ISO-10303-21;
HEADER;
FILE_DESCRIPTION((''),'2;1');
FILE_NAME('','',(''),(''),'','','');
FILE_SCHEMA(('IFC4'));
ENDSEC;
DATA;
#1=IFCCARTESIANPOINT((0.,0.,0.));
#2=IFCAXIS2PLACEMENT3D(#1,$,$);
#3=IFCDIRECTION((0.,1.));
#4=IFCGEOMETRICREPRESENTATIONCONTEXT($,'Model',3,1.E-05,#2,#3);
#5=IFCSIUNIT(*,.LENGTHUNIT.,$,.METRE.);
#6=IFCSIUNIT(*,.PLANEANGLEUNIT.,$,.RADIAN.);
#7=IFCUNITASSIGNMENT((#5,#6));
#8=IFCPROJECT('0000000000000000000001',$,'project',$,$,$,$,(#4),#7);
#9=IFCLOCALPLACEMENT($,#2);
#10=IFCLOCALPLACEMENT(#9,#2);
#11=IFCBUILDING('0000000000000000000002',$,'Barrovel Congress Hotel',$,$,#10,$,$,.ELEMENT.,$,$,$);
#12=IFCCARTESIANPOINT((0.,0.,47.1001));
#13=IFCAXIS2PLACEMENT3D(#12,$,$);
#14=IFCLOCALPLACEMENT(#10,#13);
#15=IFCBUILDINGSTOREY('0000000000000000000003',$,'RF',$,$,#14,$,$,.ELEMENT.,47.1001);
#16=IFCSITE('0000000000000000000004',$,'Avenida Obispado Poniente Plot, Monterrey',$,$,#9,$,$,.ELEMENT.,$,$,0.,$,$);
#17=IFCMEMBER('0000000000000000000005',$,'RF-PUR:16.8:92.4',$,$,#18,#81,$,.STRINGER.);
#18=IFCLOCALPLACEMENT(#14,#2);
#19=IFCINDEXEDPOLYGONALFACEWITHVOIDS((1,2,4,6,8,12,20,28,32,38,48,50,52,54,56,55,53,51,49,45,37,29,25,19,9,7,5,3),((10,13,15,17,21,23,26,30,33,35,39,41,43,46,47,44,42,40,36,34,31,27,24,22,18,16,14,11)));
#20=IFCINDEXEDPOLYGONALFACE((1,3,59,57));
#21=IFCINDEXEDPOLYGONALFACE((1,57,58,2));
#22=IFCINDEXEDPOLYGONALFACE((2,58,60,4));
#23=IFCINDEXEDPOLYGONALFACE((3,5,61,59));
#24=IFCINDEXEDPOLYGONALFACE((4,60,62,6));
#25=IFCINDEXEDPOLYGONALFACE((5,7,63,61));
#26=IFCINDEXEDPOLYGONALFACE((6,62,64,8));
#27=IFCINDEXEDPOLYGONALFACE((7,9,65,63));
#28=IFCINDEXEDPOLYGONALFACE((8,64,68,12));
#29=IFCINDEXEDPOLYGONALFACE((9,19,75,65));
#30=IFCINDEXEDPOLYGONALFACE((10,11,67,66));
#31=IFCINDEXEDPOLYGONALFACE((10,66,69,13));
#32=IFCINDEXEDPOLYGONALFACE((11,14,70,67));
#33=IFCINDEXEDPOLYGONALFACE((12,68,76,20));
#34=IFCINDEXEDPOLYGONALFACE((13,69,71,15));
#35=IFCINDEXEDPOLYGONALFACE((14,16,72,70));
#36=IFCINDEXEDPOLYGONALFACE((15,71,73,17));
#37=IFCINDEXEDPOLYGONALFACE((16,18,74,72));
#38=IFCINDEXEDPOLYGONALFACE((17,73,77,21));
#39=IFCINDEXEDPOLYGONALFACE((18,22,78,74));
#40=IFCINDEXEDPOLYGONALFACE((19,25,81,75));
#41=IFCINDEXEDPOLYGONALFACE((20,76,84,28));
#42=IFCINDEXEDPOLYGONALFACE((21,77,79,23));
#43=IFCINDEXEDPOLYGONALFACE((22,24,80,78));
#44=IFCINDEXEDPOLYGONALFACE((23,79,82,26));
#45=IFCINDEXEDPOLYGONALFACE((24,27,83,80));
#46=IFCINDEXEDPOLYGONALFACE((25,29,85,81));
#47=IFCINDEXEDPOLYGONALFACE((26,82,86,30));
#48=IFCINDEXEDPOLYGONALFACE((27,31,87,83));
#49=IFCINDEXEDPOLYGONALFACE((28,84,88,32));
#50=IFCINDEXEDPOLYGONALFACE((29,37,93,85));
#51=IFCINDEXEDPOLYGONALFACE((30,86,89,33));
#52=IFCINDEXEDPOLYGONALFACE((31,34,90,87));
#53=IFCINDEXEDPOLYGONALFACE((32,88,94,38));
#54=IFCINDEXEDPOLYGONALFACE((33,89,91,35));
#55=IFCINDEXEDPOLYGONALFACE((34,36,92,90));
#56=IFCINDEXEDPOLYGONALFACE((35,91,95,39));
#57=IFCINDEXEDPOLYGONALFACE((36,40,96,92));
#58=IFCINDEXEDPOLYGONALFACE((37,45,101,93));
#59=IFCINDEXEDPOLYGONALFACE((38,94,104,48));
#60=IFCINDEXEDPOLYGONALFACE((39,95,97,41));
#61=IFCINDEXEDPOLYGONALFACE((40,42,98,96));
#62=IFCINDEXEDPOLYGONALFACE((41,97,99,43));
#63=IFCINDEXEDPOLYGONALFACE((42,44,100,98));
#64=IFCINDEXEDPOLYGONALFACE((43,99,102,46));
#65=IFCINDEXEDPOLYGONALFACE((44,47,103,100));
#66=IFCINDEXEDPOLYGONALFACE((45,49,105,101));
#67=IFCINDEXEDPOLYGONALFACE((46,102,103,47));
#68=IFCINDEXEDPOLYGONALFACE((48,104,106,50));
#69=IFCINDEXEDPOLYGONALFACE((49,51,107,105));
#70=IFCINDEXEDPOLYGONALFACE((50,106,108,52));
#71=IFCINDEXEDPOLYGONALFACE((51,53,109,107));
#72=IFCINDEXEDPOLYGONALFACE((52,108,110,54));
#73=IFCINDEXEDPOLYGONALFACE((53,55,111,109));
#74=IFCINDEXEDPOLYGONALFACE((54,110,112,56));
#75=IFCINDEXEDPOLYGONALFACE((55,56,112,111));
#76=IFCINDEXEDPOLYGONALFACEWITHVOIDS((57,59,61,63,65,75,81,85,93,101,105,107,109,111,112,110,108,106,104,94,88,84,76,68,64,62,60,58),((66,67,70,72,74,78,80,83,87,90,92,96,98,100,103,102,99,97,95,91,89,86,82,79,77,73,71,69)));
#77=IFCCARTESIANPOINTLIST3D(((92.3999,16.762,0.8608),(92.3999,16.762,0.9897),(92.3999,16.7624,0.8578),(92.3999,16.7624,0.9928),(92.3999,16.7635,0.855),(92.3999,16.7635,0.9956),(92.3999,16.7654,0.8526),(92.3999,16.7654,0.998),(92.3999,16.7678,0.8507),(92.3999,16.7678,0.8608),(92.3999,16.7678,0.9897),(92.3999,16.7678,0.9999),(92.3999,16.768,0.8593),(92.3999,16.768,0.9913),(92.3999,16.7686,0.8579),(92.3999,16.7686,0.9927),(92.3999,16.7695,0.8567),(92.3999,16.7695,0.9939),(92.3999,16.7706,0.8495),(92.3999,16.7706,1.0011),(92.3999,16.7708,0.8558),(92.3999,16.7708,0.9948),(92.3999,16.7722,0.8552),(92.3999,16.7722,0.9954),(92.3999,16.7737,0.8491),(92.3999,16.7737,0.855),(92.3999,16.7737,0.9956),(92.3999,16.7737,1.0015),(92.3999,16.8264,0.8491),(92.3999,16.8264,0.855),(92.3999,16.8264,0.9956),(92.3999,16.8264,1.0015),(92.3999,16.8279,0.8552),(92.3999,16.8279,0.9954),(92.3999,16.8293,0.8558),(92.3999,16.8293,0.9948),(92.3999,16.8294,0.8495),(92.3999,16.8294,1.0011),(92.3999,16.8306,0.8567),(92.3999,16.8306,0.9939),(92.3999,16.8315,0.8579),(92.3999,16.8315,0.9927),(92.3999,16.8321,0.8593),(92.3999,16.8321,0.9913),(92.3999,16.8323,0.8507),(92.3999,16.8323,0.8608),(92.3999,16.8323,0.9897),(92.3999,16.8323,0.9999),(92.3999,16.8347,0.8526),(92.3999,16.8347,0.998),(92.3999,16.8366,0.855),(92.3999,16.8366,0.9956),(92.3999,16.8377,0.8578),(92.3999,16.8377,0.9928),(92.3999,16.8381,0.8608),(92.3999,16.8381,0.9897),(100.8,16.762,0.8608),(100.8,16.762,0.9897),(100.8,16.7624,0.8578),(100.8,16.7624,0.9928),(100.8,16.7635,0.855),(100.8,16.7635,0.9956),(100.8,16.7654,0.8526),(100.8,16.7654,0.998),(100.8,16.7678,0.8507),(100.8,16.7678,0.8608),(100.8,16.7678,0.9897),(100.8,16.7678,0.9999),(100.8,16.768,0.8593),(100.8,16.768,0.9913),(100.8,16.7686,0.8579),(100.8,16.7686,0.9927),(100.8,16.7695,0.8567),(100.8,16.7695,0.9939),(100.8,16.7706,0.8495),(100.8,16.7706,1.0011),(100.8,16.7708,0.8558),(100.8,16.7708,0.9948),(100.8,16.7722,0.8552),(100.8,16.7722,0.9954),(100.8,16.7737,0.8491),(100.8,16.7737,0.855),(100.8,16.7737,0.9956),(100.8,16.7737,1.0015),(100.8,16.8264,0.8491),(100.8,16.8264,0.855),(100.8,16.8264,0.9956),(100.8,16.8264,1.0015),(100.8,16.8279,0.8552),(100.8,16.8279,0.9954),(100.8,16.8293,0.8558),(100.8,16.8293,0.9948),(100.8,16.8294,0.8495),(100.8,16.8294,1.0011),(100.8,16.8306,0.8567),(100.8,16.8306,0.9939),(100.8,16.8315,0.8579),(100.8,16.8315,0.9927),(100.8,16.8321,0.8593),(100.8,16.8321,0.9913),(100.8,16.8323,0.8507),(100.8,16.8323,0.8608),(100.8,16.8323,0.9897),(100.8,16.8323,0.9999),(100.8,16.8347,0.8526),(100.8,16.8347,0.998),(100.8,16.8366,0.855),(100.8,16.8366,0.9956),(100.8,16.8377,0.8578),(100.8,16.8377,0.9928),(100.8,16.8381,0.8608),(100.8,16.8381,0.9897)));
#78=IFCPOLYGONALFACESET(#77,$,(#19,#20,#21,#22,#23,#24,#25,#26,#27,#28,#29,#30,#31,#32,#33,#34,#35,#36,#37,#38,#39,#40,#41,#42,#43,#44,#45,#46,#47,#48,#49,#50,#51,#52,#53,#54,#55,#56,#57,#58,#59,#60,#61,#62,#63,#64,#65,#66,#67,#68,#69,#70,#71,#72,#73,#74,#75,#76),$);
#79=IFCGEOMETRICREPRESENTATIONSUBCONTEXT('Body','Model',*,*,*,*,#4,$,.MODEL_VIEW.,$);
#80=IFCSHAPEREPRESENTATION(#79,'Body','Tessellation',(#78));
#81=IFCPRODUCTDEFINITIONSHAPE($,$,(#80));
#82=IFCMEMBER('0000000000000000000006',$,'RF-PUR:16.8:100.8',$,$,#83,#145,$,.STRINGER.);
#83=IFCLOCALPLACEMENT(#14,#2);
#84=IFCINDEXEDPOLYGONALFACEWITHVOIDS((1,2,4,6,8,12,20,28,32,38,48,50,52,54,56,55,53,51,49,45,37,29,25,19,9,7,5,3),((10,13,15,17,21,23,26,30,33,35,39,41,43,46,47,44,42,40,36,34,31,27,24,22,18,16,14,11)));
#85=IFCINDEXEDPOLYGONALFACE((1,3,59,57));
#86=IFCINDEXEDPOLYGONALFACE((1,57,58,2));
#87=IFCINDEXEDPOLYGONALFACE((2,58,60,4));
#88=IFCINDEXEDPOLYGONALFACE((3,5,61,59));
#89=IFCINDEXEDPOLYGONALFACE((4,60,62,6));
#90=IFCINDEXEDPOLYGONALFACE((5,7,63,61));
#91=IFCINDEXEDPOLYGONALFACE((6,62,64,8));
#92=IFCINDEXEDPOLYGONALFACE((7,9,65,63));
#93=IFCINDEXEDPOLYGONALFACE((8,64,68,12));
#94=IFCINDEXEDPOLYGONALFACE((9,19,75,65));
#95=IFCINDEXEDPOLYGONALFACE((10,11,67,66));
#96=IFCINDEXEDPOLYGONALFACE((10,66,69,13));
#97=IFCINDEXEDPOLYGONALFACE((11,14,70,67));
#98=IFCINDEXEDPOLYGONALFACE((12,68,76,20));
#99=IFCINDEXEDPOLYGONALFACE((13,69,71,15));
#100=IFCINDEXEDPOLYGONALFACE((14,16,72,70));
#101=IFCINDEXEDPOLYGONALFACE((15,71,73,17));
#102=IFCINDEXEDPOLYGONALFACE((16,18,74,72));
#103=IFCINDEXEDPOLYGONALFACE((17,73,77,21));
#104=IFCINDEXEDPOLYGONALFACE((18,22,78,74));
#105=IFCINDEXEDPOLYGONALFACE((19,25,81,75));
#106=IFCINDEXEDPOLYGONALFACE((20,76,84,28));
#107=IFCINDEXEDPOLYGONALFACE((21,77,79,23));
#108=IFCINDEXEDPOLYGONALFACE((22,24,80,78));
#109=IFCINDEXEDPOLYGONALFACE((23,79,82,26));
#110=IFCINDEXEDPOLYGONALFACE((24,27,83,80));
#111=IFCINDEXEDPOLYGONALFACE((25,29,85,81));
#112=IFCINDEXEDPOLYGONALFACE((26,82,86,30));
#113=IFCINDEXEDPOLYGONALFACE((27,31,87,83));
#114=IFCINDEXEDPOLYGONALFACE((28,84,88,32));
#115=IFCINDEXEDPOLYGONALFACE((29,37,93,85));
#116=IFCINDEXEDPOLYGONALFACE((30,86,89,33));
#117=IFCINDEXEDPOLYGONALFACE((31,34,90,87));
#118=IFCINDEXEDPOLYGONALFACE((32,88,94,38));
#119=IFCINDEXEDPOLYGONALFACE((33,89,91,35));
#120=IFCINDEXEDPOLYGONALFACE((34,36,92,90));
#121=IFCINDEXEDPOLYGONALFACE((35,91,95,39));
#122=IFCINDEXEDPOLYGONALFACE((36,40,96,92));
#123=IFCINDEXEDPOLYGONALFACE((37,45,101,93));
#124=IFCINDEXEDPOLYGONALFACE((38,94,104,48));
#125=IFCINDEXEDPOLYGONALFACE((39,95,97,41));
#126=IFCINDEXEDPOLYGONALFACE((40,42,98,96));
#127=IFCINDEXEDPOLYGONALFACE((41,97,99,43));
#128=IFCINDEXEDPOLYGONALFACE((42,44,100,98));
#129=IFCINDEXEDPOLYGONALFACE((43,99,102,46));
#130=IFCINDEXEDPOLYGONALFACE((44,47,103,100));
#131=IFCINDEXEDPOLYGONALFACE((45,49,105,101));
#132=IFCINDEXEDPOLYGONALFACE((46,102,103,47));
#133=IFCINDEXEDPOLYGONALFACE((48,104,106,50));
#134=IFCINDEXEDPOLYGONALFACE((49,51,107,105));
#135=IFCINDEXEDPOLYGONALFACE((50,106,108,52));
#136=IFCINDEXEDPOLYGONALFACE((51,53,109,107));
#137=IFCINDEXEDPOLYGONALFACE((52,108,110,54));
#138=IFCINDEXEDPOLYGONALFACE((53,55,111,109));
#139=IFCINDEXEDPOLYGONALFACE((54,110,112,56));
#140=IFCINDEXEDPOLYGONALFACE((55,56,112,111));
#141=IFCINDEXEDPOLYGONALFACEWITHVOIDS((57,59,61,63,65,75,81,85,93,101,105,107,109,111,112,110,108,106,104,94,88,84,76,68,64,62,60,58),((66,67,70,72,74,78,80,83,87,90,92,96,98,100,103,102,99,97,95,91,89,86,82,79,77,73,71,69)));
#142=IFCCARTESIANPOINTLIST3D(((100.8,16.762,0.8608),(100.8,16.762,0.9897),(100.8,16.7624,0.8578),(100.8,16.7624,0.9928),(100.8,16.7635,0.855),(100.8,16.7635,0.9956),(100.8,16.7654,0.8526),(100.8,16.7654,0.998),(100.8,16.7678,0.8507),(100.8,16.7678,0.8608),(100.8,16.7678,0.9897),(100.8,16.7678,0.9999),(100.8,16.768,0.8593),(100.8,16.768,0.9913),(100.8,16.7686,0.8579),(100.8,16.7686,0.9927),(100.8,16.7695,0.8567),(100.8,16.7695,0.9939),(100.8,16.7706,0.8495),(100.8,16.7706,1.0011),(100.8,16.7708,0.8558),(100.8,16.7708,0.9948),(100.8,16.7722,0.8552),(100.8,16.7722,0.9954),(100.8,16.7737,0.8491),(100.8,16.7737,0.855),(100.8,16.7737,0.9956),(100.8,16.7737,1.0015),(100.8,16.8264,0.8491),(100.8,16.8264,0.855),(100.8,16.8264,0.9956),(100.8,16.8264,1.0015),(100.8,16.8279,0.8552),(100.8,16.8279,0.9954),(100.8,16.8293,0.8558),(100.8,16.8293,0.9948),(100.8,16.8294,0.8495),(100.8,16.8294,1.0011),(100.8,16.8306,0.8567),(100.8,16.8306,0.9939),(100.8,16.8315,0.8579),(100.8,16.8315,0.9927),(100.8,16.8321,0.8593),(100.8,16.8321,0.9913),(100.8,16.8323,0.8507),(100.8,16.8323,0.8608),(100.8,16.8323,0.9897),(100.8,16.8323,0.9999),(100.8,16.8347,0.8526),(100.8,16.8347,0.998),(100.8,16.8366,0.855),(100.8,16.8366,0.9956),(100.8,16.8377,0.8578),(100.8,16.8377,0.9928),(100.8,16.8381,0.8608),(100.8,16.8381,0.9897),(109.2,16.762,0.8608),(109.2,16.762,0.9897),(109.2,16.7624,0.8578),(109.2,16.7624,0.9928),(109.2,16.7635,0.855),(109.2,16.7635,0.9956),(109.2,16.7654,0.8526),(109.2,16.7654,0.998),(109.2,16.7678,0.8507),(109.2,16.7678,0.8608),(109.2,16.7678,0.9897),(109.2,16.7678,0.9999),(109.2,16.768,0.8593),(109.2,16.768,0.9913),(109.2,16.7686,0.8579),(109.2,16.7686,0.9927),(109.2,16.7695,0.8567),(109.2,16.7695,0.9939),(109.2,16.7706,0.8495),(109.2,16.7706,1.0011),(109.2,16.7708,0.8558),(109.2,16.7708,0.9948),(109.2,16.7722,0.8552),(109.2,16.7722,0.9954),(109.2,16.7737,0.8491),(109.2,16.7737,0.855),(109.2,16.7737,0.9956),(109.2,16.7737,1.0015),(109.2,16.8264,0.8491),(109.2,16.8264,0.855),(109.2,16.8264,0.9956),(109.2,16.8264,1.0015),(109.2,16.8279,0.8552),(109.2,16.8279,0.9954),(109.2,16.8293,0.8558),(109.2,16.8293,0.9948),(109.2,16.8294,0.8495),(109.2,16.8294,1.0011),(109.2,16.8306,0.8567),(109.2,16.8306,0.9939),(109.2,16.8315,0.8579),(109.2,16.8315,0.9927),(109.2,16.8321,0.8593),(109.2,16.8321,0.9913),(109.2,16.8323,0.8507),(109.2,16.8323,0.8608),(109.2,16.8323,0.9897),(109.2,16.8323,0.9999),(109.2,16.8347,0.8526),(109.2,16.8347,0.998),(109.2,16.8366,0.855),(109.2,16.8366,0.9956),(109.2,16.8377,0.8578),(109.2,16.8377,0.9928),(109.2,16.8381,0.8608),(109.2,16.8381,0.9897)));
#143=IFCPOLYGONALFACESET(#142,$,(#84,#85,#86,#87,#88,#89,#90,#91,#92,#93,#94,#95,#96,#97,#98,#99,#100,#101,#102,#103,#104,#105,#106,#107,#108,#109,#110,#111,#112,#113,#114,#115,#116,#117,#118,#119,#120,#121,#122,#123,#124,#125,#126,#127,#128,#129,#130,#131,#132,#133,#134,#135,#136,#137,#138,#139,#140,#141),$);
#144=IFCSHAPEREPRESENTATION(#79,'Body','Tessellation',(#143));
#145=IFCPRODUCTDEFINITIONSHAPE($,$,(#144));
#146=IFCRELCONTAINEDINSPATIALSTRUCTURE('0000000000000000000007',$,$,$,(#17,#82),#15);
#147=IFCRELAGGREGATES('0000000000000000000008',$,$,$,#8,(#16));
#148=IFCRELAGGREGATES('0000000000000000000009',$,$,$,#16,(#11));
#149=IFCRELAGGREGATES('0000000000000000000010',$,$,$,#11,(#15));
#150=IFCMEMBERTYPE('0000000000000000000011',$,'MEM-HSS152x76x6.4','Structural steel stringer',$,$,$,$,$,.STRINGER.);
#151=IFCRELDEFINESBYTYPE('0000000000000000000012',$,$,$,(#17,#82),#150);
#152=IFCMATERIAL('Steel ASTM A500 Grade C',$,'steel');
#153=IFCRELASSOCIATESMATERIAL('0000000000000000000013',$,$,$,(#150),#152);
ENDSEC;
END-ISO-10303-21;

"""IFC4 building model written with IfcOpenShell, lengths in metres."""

from ifc_helpers import new_model, si_unit, direction, frame, origin, origin_2d, place, context, subcontext, project, spatial, hollow_rectangle, extrude, material, material_profile, profile_set, type_object, element, save


model = new_model("IFC4")

# Units and contexts
model_context = context("Model", 3, precision=1e-05, world=origin(), true_north=direction((0.0, 1.0)))
body_context = subcontext(model_context, "Body", "Model", "MODEL_VIEW")
ifc_project = project(units=[si_unit("LENGTHUNIT", "METRE"), si_unit("PLANEANGLEUNIT", "RADIAN")], contexts=[model_context])

# Site, building, storey
site_placement = place(None, origin())
site = spatial("IfcSite", under=ifc_project, at=site_placement, Name="Avenida Obispado Poniente Plot, Monterrey", CompositionType="ELEMENT", RefElevation=0.0)
building_placement = place(site_placement, origin())
building = spatial("IfcBuilding", under=site, at=building_placement, Name="Barrovel Congress Hotel", CompositionType="ELEMENT")
storey_placement = place(building_placement, frame((0.0, 0.0, 47.1001)))
storey = spatial("IfcBuildingStorey", under=building, at=storey_placement, Name="RF", CompositionType="ELEMENT", Elevation=47.1001)

# Members
ifc_material_1 = material(Name="Steel ASTM A500 Grade C", Category="steel")
ifc_material_profile_1 = material_profile(ifc_material_1, hollow_rectangle(XDim=0.0762, YDim=0.1523, WallThickness=0.0059, InnerFilletRadius=0.0059, OuterFilletRadius=0.0117, at=origin_2d()), Name="HSS152x76x6.4")
ifc_profile_set_1 = profile_set([ifc_material_profile_1], Name="Steel ASTM A500 Grade C")
member_type_1 = type_object("IfcMemberType", Name="MEM-HSS152x76x6.4", Description="Structural steel stringer", PredefinedType="STRINGER", material=ifc_profile_set_1)
member_1_placement = place(storey_placement, frame((92.3999, 16.8, 0.9253), z_axis=(1.0, 0.0, 0.0), x_axis=(0.0, 1.0, 0.0)))
element("IfcMember", 1, at=member_1_placement, inside=storey, type_object=member_type_1, Name="RF-PUR:16.8:92.4", PredefinedType="STRINGER", context=body_context, shape_type="SweptSolid", body=[
    extrude(hollow_rectangle(XDim=0.0762, YDim=0.1523, WallThickness=0.0059, InnerFilletRadius=0.0059, OuterFilletRadius=0.0117, at=origin_2d()), origin(), (0.0, 0.0, 1.0), 8.4001),
])
member_2_placement = place(storey_placement, frame((100.8, 16.8, 0.9253), z_axis=(1.0, 0.0, 0.0), x_axis=(0.0, 1.0, 0.0)))
element("IfcMember", 2, at=member_2_placement, inside=storey, type_object=member_type_1, Name="RF-PUR:16.8:100.8", PredefinedType="STRINGER", context=body_context, shape_type="SweptSolid", body=[
    extrude(hollow_rectangle(XDim=0.0762, YDim=0.1523, WallThickness=0.0059, InnerFilletRadius=0.0059, OuterFilletRadius=0.0117, at=origin_2d()), origin(), (0.0, 0.0, 1.0), 8.3999),
])

save(model, "model.ifc")
